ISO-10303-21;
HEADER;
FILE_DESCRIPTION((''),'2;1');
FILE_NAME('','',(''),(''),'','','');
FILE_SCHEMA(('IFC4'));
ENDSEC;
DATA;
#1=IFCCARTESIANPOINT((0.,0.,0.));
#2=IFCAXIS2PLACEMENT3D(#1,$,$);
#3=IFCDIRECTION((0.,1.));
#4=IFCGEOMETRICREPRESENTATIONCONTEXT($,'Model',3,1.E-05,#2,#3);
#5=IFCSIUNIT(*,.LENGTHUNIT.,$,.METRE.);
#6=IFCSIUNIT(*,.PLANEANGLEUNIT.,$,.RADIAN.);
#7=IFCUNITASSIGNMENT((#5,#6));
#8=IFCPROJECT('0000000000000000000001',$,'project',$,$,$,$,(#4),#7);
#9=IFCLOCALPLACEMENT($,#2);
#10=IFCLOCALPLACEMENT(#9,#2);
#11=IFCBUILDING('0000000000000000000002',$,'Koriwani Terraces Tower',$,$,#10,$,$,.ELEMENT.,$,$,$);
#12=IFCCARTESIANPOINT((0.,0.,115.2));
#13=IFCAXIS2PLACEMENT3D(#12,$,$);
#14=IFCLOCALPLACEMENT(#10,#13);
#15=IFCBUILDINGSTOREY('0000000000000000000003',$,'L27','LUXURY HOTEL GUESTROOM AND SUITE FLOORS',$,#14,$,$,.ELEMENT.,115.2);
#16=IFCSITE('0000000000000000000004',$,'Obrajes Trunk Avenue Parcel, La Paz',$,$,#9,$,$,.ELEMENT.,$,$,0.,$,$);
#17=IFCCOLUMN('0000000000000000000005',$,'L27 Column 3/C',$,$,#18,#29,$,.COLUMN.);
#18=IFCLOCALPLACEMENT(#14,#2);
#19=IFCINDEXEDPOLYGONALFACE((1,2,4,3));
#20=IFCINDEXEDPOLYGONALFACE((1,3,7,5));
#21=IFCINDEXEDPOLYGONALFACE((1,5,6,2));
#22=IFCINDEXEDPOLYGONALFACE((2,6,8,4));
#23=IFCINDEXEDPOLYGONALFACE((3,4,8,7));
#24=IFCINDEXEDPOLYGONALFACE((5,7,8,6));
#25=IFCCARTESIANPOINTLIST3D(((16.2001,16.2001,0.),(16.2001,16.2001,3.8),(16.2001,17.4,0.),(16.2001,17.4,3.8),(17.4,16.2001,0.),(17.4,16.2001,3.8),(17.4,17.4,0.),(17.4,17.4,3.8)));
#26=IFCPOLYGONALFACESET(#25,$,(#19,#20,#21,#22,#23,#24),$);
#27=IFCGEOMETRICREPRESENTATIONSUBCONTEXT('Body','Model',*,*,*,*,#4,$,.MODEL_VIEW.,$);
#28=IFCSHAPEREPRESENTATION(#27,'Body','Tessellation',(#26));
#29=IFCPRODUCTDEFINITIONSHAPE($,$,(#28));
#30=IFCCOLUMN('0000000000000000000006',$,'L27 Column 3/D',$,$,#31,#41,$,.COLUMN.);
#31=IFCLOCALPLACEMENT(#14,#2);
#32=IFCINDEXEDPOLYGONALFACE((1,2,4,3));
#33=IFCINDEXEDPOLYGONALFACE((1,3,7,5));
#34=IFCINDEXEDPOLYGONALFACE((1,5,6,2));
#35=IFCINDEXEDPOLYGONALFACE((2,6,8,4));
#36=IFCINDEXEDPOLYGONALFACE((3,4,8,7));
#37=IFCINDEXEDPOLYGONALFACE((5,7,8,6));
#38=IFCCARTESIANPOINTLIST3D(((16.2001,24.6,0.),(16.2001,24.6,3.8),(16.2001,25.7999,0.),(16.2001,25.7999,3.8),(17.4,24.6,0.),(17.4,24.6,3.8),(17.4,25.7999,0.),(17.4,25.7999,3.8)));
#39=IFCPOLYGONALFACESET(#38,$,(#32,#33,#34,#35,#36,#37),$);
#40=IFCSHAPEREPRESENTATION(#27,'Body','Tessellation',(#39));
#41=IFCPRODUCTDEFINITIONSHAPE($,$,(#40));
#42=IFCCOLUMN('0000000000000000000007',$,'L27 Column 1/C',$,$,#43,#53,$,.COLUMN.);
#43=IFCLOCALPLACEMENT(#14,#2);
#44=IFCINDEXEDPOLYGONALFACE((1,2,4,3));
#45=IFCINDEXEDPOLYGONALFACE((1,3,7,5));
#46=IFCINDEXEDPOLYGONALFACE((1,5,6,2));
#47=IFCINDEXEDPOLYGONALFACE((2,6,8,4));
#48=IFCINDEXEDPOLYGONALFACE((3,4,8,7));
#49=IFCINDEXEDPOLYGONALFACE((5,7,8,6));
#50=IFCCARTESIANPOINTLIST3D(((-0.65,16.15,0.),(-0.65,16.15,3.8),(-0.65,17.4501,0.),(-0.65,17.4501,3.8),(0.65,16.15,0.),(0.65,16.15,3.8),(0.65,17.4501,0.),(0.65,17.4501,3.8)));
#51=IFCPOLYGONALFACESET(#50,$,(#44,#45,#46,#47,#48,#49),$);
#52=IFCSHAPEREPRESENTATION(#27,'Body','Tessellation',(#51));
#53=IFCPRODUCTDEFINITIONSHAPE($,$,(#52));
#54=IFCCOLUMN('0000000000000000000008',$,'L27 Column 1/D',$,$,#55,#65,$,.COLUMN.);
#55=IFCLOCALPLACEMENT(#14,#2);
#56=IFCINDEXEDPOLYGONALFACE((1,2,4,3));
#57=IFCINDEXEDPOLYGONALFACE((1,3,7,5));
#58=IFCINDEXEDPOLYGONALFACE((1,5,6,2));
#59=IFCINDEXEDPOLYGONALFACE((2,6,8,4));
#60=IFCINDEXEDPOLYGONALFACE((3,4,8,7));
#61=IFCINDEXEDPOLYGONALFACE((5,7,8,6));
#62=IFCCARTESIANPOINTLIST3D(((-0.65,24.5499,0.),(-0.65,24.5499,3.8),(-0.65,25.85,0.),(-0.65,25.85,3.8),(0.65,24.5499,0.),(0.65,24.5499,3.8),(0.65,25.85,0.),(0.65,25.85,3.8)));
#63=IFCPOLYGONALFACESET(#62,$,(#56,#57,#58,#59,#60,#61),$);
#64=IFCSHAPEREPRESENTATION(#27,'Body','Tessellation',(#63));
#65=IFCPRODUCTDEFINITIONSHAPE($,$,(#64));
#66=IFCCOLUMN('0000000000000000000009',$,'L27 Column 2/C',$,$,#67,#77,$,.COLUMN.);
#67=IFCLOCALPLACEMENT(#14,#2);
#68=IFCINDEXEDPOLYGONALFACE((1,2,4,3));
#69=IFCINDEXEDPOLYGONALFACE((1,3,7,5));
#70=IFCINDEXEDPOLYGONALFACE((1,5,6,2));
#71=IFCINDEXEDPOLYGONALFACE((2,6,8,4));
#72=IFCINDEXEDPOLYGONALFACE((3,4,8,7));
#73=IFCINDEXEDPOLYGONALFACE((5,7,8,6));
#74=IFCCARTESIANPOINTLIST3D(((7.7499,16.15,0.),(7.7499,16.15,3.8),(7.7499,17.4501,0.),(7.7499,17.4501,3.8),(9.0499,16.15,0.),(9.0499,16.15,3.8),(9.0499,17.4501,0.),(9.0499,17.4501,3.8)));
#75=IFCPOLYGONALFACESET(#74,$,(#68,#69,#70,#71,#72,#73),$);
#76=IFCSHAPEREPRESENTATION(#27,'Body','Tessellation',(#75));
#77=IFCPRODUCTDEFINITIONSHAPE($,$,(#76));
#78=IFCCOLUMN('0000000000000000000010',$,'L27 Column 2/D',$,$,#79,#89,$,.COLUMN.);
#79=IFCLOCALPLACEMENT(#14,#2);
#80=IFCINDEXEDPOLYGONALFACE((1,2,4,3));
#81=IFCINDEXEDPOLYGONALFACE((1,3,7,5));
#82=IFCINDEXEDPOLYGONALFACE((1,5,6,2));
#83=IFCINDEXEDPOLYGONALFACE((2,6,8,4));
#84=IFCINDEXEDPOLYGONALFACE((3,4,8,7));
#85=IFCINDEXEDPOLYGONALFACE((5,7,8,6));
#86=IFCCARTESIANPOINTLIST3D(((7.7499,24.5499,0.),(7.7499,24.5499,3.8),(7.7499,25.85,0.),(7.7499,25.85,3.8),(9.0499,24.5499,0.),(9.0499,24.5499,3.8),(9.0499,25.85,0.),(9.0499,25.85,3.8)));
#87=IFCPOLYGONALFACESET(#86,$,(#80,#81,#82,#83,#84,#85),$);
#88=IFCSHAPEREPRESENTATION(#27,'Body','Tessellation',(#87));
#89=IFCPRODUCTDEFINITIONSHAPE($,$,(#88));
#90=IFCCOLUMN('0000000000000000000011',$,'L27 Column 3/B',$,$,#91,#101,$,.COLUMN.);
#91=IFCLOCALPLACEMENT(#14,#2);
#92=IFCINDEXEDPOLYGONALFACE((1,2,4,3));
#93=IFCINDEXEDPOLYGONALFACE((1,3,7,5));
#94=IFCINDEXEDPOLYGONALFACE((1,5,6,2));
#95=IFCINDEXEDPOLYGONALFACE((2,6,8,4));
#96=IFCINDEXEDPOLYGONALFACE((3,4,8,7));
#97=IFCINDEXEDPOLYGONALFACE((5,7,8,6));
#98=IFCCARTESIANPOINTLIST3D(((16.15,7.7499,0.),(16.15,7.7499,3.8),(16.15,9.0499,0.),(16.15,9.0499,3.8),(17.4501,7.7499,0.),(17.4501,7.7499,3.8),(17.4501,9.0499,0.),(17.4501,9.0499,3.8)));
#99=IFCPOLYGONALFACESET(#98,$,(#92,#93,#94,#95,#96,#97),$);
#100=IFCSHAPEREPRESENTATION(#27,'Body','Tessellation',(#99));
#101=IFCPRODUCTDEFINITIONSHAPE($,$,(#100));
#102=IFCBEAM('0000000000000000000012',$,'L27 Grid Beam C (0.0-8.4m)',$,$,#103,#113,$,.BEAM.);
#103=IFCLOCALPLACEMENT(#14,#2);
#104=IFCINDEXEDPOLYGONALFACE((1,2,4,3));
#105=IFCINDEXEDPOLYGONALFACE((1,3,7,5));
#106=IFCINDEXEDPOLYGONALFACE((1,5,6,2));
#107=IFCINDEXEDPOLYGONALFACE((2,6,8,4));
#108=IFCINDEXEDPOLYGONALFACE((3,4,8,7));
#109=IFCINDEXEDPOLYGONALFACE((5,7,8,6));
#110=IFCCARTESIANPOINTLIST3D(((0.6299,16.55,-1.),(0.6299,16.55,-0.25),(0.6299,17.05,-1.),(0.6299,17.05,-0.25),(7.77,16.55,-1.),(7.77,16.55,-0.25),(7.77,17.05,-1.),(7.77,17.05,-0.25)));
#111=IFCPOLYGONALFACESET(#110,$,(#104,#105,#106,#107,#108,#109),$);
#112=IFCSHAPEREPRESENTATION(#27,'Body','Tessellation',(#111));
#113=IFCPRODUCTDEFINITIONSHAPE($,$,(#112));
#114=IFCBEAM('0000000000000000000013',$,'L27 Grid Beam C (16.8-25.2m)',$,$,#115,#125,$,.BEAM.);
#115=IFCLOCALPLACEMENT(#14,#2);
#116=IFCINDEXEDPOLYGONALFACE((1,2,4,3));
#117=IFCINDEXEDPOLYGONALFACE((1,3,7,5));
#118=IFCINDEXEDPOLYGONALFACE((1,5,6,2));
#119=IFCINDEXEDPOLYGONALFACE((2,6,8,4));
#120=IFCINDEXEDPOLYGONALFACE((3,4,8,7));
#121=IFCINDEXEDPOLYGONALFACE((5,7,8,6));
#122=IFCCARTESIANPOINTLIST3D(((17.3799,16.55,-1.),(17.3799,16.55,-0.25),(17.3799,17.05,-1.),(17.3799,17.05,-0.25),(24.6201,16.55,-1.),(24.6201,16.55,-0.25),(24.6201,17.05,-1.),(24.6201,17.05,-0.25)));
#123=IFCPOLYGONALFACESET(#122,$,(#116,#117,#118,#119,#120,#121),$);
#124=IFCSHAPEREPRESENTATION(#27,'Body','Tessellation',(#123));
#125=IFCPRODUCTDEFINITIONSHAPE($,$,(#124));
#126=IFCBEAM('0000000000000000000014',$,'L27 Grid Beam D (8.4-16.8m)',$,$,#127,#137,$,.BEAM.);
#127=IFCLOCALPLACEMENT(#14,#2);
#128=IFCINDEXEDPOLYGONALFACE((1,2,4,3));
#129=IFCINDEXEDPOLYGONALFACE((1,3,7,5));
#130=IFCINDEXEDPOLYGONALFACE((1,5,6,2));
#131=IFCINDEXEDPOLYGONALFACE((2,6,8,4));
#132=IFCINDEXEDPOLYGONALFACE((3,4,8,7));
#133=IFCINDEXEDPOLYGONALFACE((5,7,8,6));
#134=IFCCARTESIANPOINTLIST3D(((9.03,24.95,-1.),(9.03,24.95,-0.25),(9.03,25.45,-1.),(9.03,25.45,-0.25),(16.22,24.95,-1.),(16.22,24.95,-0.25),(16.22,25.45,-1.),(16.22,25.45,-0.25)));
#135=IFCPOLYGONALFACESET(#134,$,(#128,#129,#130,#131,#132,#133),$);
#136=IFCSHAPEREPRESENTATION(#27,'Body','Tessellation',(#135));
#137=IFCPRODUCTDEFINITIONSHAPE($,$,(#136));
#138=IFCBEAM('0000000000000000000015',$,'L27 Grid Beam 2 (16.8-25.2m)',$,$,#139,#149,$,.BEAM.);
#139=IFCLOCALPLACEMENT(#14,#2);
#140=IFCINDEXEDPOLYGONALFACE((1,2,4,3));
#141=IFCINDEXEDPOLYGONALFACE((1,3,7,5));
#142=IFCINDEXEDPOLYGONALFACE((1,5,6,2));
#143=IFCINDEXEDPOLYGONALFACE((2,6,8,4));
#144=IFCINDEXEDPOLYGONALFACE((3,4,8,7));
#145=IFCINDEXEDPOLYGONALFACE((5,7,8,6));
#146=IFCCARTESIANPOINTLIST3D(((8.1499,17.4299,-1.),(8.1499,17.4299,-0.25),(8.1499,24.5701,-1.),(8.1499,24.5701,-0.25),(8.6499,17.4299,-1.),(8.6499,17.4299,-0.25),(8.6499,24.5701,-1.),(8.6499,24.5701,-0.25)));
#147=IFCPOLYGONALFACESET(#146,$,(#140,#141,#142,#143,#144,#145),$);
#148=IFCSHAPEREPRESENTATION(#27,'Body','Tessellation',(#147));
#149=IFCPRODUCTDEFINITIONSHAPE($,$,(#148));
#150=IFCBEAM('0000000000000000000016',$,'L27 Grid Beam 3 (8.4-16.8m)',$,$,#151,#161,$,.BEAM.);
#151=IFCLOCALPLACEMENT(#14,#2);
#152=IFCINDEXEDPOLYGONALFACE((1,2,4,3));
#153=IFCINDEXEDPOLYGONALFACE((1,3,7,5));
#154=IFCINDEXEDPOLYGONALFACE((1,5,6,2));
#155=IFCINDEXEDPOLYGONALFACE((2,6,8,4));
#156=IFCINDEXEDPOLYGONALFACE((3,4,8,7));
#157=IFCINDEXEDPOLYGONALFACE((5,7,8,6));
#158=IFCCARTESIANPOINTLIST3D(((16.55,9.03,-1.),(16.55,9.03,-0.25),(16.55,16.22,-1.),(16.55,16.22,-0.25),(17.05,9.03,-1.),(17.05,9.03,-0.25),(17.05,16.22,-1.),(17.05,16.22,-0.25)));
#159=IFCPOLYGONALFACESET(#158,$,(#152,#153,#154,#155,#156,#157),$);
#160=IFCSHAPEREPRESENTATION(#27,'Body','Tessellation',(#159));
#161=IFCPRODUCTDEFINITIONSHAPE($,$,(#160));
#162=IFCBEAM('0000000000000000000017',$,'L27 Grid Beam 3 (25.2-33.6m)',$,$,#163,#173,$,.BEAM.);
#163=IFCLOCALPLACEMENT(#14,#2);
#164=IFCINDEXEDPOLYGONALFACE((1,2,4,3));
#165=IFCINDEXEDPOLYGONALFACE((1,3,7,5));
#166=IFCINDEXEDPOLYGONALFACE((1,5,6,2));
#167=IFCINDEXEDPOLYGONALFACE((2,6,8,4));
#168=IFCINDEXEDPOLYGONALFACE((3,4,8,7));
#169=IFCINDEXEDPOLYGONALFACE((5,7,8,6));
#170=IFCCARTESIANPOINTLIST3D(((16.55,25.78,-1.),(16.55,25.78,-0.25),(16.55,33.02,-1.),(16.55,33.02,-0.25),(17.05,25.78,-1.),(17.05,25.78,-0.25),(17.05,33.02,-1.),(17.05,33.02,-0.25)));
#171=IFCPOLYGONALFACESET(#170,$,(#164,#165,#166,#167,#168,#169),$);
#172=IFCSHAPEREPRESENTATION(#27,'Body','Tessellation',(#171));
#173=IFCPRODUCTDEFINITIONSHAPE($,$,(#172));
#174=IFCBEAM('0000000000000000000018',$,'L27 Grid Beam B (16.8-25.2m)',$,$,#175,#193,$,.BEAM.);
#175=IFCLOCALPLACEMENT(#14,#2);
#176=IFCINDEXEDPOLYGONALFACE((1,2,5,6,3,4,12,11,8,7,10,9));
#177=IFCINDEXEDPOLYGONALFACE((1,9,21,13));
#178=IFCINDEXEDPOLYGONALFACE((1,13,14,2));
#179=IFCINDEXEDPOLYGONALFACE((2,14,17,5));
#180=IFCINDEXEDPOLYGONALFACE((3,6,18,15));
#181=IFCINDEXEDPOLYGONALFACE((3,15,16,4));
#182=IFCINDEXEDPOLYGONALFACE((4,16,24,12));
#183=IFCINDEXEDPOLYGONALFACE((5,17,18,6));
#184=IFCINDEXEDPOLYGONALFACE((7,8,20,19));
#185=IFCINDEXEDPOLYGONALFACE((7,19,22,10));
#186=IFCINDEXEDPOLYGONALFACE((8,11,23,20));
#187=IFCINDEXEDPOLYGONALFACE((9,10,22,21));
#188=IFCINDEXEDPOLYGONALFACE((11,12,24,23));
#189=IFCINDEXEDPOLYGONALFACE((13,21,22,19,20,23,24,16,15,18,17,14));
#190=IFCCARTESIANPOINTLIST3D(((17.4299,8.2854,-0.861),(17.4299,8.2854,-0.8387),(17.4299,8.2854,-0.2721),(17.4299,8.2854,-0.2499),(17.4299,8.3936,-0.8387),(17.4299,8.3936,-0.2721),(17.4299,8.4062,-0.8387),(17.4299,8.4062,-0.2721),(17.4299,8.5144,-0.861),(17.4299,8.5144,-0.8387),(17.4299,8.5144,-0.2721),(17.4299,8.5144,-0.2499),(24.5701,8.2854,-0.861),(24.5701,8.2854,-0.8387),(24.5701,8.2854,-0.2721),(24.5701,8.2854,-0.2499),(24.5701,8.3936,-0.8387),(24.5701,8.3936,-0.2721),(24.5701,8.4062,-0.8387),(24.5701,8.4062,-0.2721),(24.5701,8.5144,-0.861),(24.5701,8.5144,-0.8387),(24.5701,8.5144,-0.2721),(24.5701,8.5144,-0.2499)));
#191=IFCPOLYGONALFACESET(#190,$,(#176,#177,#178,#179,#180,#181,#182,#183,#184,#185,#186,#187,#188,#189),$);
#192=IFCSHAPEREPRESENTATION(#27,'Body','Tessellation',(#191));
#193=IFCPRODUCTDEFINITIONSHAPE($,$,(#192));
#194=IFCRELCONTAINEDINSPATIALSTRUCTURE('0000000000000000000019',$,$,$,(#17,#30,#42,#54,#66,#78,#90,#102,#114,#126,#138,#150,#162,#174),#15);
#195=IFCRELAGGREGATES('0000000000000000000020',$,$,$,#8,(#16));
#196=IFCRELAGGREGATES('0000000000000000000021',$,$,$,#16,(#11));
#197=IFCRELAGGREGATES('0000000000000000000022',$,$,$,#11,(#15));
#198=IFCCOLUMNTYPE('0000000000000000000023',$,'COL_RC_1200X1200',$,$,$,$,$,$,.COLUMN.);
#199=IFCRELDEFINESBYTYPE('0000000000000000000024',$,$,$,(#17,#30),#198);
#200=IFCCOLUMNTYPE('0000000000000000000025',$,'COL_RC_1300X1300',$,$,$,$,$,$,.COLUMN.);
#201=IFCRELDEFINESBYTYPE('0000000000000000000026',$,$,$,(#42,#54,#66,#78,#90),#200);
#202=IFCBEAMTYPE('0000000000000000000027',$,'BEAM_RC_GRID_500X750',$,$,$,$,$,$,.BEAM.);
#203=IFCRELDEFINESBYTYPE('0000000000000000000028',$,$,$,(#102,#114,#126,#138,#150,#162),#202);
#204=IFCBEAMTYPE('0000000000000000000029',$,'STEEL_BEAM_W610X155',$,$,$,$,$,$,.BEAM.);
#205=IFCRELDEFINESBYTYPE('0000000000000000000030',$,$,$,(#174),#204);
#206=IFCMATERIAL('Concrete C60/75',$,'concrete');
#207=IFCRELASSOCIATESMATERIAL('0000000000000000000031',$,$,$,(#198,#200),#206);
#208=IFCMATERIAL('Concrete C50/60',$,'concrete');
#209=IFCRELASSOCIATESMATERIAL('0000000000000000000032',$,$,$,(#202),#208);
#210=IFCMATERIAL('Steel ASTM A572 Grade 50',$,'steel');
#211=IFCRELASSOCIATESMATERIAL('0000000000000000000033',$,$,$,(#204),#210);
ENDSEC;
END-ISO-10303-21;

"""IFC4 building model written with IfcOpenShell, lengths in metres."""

from ifc_helpers import new_model, si_unit, direction, frame, origin, origin_2d, place, context, subcontext, project, spatial, rectangle, i_section, extrude, material, material_profile, profile_set, type_object, element, save


model = new_model("IFC4")

# Units and contexts
model_context = context("Model", 3, precision=1e-05, world=origin(), true_north=direction((0.0, 1.0)))
body_context = subcontext(model_context, "Body", "Model", "MODEL_VIEW")
ifc_project = project(units=[si_unit("LENGTHUNIT", "METRE"), si_unit("PLANEANGLEUNIT", "RADIAN")], contexts=[model_context])

# Site, building, storey
site_placement = place(None, origin())
site = spatial("IfcSite", under=ifc_project, at=site_placement, Name="Obrajes Trunk Avenue Parcel, La Paz", CompositionType="ELEMENT", RefElevation=0.0)
building_placement = place(site_placement, origin())
building = spatial("IfcBuilding", under=site, at=building_placement, Name="Koriwani Terraces Tower", CompositionType="ELEMENT")
storey_placement = place(building_placement, frame((0.0, 0.0, 115.2)))
storey = spatial("IfcBuildingStorey", under=building, at=storey_placement, Name="L27", Description="LUXURY HOTEL GUESTROOM AND SUITE FLOORS", CompositionType="ELEMENT", Elevation=115.2)

# Columns
ifc_material_1 = material(Name="Concrete C60/75", Category="concrete")
ifc_material_profile_1 = material_profile(ifc_material_1, rectangle(XDim=1.2, YDim=1.2, at=origin_2d()), Name="Concrete C60/75", Category="LoadBearing")
ifc_profile_set_1 = profile_set([ifc_material_profile_1], Name="Concrete C60/75")
column_type_1 = type_object("IfcColumnType", Name="COL_RC_1200X1200", PredefinedType="COLUMN", material=ifc_profile_set_1)
for number, where, z_axis, x_axis, name in (
    (1, (16.8, 16.8, 0.0), (0.0, 0.0, 1.0), (1.0, 0.0, 0.0), "L27 Column 3/C"),
    (2, (16.8, 25.2, 0.0), (0.0, 0.0, 1.0), (1.0, 0.0, 0.0), "L27 Column 3/D"),
):
    element("IfcColumn", number, at=place(storey_placement, frame(where, z_axis=z_axis, x_axis=x_axis)), inside=storey, type_object=column_type_1, Name=name, PredefinedType="COLUMN", context=body_context, shape_type="SweptSolid", body=[
        extrude(rectangle(XDim=1.2, YDim=1.2, at=origin_2d()), origin(), (0.0, 0.0, 1.0), 3.8),
    ])
ifc_material_profile_2 = material_profile(ifc_material_1, rectangle(XDim=1.3, YDim=1.3, at=origin_2d()), Name="Concrete C60/75", Category="LoadBearing")
ifc_profile_set_2 = profile_set([ifc_material_profile_2], Name="Concrete C60/75")
column_type_2 = type_object("IfcColumnType", Name="COL_RC_1300X1300", PredefinedType="COLUMN", material=ifc_profile_set_2)
for number, where, z_axis, x_axis, name in (
    (3, (0.0, 16.8, 0.0), (0.0, 0.0, 1.0), (1.0, 0.0, 0.0), "L27 Column 1/C"),
    (4, (0.0, 25.2, 0.0), (0.0, 0.0, 1.0), (1.0, 0.0, 0.0), "L27 Column 1/D"),
    (5, (8.3999, 16.8, 0.0), (0.0, 0.0, 1.0), (1.0, 0.0, 0.0), "L27 Column 2/C"),
    (6, (8.3999, 25.2, 0.0), (0.0, 0.0, 1.0), (1.0, 0.0, 0.0), "L27 Column 2/D"),
    (7, (16.8, 8.3999, 0.0), (0.0, 0.0, 1.0), (1.0, 0.0, 0.0), "L27 Column 3/B"),
):
    element("IfcColumn", number, at=place(storey_placement, frame(where, z_axis=z_axis, x_axis=x_axis)), inside=storey, type_object=column_type_2, Name=name, PredefinedType="COLUMN", context=body_context, shape_type="SweptSolid", body=[
        extrude(rectangle(XDim=1.3, YDim=1.3, at=origin_2d()), origin(), (0.0, 0.0, 1.0), 3.8),
    ])

# Beams
ifc_material_2 = material(Name="Concrete C50/60", Category="concrete")
ifc_material_profile_3 = material_profile(ifc_material_2, rectangle(XDim=0.5, YDim=0.75, at=origin_2d()), Name="Concrete C50/60", Category="LoadBearing")
ifc_profile_set_3 = profile_set([ifc_material_profile_3], Name="Concrete C50/60")
beam_type_1 = type_object("IfcBeamType", Name="BEAM_RC_GRID_500X750", PredefinedType="BEAM", material=ifc_profile_set_3)
beam_1_placement = place(storey_placement, frame((0.6299, 16.8, -0.625), z_axis=(1.0, 0.0, 0.0), x_axis=(0.0, 1.0, 0.0)))
element("IfcBeam", 8, at=beam_1_placement, inside=storey, type_object=beam_type_1, Name="L27 Grid Beam C (0.0-8.4m)", PredefinedType="BEAM", context=body_context, shape_type="SweptSolid", body=[
    extrude(rectangle(XDim=0.5, YDim=0.75, at=origin_2d()), origin(), (0.0, 0.0, 1.0), 7.1401),
])
beam_2_placement = place(storey_placement, frame((17.3799, 16.8, -0.625), z_axis=(1.0, 0.0, 0.0), x_axis=(0.0, 1.0, 0.0)))
element("IfcBeam", 9, at=beam_2_placement, inside=storey, type_object=beam_type_1, Name="L27 Grid Beam C (16.8-25.2m)", PredefinedType="BEAM", context=body_context, shape_type="SweptSolid", body=[
    extrude(rectangle(XDim=0.5, YDim=0.75, at=origin_2d()), origin(), (0.0, 0.0, 1.0), 7.2402),
])
beam_3_placement = place(storey_placement, frame((9.03, 25.2, -0.625), z_axis=(1.0, 0.0, 0.0), x_axis=(0.0, 1.0, 0.0)))
element("IfcBeam", 10, at=beam_3_placement, inside=storey, type_object=beam_type_1, Name="L27 Grid Beam D (8.4-16.8m)", PredefinedType="BEAM", context=body_context, shape_type="SweptSolid", body=[
    extrude(rectangle(XDim=0.5, YDim=0.75, at=origin_2d()), origin(), (0.0, 0.0, 1.0), 7.1899),
])
beam_4_placement = place(storey_placement, frame((8.3999, 17.4299, -0.625), z_axis=(0.0, 1.0, 0.0), x_axis=(-1.0, 0.0, 0.0)))
element("IfcBeam", 11, at=beam_4_placement, inside=storey, type_object=beam_type_1, Name="L27 Grid Beam 2 (16.8-25.2m)", PredefinedType="BEAM", context=body_context, shape_type="SweptSolid", body=[
    extrude(rectangle(XDim=0.5, YDim=0.75, at=origin_2d()), origin(), (0.0, 0.0, 1.0), 7.1401),
])
beam_5_placement = place(storey_placement, frame((16.8, 9.03, -0.625), z_axis=(0.0, 1.0, 0.0), x_axis=(-1.0, 0.0, 0.0)))
element("IfcBeam", 12, at=beam_5_placement, inside=storey, type_object=beam_type_1, Name="L27 Grid Beam 3 (8.4-16.8m)", PredefinedType="BEAM", context=body_context, shape_type="SweptSolid", body=[
    extrude(rectangle(XDim=0.5, YDim=0.75, at=origin_2d()), origin(), (0.0, 0.0, 1.0), 7.1899),
])
beam_6_placement = place(storey_placement, frame((16.8, 25.78, -0.625), z_axis=(0.0, 1.0, 0.0), x_axis=(-1.0, 0.0, 0.0)))
element("IfcBeam", 13, at=beam_6_placement, inside=storey, type_object=beam_type_1, Name="L27 Grid Beam 3 (25.2-33.6m)", PredefinedType="BEAM", context=body_context, shape_type="SweptSolid", body=[
    extrude(rectangle(XDim=0.5, YDim=0.75, at=origin_2d()), origin(), (0.0, 0.0, 1.0), 7.24),
])
ifc_material_3 = material(Name="Steel ASTM A572 Grade 50", Category="steel")
ifc_material_profile_4 = material_profile(ifc_material_3, i_section(OverallWidth=0.229, OverallDepth=0.6111, WebThickness=0.0127, FlangeThickness=0.0222, at=origin_2d()), Name="Steel ASTM A572 Grade 50", Category="LoadBearing")
ifc_profile_set_4 = profile_set([ifc_material_profile_4], Name="Steel ASTM A572 Grade 50")
beam_type_2 = type_object("IfcBeamType", Name="STEEL_BEAM_W610X155", PredefinedType="BEAM", material=ifc_profile_set_4)
beam_7_placement = place(storey_placement, frame((17.4299, 8.3999, -0.5554), z_axis=(1.0, 0.0, 0.0), x_axis=(0.0, 1.0, 0.0)))
element("IfcBeam", 14, at=beam_7_placement, inside=storey, type_object=beam_type_2, Name="L27 Grid Beam B (16.8-25.2m)", PredefinedType="BEAM", context=body_context, shape_type="SweptSolid", body=[
    extrude(i_section(OverallWidth=0.229, OverallDepth=0.6111, WebThickness=0.0127, FlangeThickness=0.0222, at=origin_2d()), origin(), (0.0, 0.0, 1.0), 7.1401),
])

save(model, "model.ifc")
